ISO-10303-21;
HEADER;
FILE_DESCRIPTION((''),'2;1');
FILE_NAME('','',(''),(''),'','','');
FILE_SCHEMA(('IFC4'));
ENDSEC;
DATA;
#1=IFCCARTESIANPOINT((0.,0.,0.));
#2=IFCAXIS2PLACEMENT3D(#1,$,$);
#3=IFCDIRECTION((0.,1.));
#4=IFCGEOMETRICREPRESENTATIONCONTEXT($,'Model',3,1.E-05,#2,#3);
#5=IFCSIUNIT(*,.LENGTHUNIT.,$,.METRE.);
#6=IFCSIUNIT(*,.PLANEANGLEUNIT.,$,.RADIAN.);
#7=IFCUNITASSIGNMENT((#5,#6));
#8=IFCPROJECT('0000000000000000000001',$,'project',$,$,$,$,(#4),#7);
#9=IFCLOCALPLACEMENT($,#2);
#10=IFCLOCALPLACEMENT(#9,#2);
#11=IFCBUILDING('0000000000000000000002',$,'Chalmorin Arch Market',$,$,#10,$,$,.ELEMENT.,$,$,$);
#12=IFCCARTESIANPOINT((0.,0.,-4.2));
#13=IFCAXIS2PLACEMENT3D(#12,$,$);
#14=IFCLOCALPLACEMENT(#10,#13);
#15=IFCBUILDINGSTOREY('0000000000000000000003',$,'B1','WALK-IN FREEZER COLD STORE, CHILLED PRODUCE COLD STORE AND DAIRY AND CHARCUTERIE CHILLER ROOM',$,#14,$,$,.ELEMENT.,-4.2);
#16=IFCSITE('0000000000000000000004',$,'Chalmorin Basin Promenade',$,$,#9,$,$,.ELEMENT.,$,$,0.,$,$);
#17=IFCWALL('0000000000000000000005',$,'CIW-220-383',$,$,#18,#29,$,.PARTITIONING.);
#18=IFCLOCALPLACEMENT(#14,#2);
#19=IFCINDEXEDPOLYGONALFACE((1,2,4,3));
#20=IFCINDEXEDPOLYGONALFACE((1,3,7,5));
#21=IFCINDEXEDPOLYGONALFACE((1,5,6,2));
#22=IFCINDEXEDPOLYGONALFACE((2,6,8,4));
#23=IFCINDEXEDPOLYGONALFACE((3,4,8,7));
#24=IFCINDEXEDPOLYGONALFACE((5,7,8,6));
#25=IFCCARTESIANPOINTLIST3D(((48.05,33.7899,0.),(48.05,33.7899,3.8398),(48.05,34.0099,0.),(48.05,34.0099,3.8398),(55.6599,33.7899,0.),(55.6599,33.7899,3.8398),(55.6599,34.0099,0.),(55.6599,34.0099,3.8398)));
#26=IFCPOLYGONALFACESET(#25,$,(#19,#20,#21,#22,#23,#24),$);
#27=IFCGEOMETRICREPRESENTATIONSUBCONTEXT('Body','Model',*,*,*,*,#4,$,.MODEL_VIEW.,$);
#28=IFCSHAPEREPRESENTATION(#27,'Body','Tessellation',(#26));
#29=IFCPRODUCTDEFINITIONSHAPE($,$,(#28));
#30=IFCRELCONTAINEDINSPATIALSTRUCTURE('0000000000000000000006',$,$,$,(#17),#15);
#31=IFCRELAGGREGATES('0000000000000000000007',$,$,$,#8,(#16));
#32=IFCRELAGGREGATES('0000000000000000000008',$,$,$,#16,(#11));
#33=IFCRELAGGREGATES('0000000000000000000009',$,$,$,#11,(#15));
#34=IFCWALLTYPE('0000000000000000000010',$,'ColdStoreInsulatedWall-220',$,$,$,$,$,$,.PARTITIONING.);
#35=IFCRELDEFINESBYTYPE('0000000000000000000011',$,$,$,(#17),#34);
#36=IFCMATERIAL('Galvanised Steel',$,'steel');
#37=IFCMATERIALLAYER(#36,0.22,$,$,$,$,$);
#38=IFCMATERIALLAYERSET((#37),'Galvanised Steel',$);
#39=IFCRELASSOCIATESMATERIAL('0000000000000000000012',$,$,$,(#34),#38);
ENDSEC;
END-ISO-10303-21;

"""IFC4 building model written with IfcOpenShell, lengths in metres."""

from ifc_helpers import new_model, si_unit, direction, frame, frame_2d, origin, place, context, subcontext, project, spatial, rectangle, extrude, material, layer, layer_set, type_object, element, save


model = new_model("IFC4")

# Units and contexts
model_context = context("Model", 3, precision=1e-05, world=origin(), true_north=direction((0.0, 1.0)))
body_context = subcontext(model_context, "Body", "Model", "MODEL_VIEW")
ifc_project = project(units=[si_unit("LENGTHUNIT", "METRE"), si_unit("PLANEANGLEUNIT", "RADIAN")], contexts=[model_context])

# Site, building, storey
site_placement = place(None, origin())
site = spatial("IfcSite", under=ifc_project, at=site_placement, Name="Chalmorin Basin Promenade", CompositionType="ELEMENT", RefElevation=0.0)
building_placement = place(site_placement, origin())
building = spatial("IfcBuilding", under=site, at=building_placement, Name="Chalmorin Arch Market", CompositionType="ELEMENT")
storey_placement = place(building_placement, frame((0.0, 0.0, -4.2)))
storey = spatial("IfcBuildingStorey", under=building, at=storey_placement, Name="B1", Description="WALK-IN FREEZER COLD STORE, CHILLED PRODUCE COLD STORE AND DAIRY AND CHARCUTERIE CHILLER ROOM", CompositionType="ELEMENT", Elevation=-4.2)

# Wall
ifc_material_1 = material(Name="Galvanised Steel", Category="steel")
ifc_layer_1 = layer(ifc_material_1, 0.22)
ifc_layer_set_1 = layer_set([ifc_layer_1], Name="Galvanised Steel")
wall_type_1 = type_object("IfcWallType", Name="ColdStoreInsulatedWall-220", PredefinedType="PARTITIONING", material=ifc_layer_set_1)
wall_1_placement = place(storey_placement, frame((48.05, 33.8999, 0.0), z_axis=(0.0, 0.0, 1.0), x_axis=(1.0, 0.0, 0.0)))
element("IfcWall", 1, at=wall_1_placement, inside=storey, type_object=wall_type_1, Name="CIW-220-383", PredefinedType="PARTITIONING", context=body_context, shape_type="SweptSolid", body=[
    extrude(rectangle(XDim=7.6099, YDim=0.22, at=frame_2d((3.8049, 0.0))), origin(), (0.0, 0.0, 1.0), 3.8398),
])

save(model, "model.ifc")
